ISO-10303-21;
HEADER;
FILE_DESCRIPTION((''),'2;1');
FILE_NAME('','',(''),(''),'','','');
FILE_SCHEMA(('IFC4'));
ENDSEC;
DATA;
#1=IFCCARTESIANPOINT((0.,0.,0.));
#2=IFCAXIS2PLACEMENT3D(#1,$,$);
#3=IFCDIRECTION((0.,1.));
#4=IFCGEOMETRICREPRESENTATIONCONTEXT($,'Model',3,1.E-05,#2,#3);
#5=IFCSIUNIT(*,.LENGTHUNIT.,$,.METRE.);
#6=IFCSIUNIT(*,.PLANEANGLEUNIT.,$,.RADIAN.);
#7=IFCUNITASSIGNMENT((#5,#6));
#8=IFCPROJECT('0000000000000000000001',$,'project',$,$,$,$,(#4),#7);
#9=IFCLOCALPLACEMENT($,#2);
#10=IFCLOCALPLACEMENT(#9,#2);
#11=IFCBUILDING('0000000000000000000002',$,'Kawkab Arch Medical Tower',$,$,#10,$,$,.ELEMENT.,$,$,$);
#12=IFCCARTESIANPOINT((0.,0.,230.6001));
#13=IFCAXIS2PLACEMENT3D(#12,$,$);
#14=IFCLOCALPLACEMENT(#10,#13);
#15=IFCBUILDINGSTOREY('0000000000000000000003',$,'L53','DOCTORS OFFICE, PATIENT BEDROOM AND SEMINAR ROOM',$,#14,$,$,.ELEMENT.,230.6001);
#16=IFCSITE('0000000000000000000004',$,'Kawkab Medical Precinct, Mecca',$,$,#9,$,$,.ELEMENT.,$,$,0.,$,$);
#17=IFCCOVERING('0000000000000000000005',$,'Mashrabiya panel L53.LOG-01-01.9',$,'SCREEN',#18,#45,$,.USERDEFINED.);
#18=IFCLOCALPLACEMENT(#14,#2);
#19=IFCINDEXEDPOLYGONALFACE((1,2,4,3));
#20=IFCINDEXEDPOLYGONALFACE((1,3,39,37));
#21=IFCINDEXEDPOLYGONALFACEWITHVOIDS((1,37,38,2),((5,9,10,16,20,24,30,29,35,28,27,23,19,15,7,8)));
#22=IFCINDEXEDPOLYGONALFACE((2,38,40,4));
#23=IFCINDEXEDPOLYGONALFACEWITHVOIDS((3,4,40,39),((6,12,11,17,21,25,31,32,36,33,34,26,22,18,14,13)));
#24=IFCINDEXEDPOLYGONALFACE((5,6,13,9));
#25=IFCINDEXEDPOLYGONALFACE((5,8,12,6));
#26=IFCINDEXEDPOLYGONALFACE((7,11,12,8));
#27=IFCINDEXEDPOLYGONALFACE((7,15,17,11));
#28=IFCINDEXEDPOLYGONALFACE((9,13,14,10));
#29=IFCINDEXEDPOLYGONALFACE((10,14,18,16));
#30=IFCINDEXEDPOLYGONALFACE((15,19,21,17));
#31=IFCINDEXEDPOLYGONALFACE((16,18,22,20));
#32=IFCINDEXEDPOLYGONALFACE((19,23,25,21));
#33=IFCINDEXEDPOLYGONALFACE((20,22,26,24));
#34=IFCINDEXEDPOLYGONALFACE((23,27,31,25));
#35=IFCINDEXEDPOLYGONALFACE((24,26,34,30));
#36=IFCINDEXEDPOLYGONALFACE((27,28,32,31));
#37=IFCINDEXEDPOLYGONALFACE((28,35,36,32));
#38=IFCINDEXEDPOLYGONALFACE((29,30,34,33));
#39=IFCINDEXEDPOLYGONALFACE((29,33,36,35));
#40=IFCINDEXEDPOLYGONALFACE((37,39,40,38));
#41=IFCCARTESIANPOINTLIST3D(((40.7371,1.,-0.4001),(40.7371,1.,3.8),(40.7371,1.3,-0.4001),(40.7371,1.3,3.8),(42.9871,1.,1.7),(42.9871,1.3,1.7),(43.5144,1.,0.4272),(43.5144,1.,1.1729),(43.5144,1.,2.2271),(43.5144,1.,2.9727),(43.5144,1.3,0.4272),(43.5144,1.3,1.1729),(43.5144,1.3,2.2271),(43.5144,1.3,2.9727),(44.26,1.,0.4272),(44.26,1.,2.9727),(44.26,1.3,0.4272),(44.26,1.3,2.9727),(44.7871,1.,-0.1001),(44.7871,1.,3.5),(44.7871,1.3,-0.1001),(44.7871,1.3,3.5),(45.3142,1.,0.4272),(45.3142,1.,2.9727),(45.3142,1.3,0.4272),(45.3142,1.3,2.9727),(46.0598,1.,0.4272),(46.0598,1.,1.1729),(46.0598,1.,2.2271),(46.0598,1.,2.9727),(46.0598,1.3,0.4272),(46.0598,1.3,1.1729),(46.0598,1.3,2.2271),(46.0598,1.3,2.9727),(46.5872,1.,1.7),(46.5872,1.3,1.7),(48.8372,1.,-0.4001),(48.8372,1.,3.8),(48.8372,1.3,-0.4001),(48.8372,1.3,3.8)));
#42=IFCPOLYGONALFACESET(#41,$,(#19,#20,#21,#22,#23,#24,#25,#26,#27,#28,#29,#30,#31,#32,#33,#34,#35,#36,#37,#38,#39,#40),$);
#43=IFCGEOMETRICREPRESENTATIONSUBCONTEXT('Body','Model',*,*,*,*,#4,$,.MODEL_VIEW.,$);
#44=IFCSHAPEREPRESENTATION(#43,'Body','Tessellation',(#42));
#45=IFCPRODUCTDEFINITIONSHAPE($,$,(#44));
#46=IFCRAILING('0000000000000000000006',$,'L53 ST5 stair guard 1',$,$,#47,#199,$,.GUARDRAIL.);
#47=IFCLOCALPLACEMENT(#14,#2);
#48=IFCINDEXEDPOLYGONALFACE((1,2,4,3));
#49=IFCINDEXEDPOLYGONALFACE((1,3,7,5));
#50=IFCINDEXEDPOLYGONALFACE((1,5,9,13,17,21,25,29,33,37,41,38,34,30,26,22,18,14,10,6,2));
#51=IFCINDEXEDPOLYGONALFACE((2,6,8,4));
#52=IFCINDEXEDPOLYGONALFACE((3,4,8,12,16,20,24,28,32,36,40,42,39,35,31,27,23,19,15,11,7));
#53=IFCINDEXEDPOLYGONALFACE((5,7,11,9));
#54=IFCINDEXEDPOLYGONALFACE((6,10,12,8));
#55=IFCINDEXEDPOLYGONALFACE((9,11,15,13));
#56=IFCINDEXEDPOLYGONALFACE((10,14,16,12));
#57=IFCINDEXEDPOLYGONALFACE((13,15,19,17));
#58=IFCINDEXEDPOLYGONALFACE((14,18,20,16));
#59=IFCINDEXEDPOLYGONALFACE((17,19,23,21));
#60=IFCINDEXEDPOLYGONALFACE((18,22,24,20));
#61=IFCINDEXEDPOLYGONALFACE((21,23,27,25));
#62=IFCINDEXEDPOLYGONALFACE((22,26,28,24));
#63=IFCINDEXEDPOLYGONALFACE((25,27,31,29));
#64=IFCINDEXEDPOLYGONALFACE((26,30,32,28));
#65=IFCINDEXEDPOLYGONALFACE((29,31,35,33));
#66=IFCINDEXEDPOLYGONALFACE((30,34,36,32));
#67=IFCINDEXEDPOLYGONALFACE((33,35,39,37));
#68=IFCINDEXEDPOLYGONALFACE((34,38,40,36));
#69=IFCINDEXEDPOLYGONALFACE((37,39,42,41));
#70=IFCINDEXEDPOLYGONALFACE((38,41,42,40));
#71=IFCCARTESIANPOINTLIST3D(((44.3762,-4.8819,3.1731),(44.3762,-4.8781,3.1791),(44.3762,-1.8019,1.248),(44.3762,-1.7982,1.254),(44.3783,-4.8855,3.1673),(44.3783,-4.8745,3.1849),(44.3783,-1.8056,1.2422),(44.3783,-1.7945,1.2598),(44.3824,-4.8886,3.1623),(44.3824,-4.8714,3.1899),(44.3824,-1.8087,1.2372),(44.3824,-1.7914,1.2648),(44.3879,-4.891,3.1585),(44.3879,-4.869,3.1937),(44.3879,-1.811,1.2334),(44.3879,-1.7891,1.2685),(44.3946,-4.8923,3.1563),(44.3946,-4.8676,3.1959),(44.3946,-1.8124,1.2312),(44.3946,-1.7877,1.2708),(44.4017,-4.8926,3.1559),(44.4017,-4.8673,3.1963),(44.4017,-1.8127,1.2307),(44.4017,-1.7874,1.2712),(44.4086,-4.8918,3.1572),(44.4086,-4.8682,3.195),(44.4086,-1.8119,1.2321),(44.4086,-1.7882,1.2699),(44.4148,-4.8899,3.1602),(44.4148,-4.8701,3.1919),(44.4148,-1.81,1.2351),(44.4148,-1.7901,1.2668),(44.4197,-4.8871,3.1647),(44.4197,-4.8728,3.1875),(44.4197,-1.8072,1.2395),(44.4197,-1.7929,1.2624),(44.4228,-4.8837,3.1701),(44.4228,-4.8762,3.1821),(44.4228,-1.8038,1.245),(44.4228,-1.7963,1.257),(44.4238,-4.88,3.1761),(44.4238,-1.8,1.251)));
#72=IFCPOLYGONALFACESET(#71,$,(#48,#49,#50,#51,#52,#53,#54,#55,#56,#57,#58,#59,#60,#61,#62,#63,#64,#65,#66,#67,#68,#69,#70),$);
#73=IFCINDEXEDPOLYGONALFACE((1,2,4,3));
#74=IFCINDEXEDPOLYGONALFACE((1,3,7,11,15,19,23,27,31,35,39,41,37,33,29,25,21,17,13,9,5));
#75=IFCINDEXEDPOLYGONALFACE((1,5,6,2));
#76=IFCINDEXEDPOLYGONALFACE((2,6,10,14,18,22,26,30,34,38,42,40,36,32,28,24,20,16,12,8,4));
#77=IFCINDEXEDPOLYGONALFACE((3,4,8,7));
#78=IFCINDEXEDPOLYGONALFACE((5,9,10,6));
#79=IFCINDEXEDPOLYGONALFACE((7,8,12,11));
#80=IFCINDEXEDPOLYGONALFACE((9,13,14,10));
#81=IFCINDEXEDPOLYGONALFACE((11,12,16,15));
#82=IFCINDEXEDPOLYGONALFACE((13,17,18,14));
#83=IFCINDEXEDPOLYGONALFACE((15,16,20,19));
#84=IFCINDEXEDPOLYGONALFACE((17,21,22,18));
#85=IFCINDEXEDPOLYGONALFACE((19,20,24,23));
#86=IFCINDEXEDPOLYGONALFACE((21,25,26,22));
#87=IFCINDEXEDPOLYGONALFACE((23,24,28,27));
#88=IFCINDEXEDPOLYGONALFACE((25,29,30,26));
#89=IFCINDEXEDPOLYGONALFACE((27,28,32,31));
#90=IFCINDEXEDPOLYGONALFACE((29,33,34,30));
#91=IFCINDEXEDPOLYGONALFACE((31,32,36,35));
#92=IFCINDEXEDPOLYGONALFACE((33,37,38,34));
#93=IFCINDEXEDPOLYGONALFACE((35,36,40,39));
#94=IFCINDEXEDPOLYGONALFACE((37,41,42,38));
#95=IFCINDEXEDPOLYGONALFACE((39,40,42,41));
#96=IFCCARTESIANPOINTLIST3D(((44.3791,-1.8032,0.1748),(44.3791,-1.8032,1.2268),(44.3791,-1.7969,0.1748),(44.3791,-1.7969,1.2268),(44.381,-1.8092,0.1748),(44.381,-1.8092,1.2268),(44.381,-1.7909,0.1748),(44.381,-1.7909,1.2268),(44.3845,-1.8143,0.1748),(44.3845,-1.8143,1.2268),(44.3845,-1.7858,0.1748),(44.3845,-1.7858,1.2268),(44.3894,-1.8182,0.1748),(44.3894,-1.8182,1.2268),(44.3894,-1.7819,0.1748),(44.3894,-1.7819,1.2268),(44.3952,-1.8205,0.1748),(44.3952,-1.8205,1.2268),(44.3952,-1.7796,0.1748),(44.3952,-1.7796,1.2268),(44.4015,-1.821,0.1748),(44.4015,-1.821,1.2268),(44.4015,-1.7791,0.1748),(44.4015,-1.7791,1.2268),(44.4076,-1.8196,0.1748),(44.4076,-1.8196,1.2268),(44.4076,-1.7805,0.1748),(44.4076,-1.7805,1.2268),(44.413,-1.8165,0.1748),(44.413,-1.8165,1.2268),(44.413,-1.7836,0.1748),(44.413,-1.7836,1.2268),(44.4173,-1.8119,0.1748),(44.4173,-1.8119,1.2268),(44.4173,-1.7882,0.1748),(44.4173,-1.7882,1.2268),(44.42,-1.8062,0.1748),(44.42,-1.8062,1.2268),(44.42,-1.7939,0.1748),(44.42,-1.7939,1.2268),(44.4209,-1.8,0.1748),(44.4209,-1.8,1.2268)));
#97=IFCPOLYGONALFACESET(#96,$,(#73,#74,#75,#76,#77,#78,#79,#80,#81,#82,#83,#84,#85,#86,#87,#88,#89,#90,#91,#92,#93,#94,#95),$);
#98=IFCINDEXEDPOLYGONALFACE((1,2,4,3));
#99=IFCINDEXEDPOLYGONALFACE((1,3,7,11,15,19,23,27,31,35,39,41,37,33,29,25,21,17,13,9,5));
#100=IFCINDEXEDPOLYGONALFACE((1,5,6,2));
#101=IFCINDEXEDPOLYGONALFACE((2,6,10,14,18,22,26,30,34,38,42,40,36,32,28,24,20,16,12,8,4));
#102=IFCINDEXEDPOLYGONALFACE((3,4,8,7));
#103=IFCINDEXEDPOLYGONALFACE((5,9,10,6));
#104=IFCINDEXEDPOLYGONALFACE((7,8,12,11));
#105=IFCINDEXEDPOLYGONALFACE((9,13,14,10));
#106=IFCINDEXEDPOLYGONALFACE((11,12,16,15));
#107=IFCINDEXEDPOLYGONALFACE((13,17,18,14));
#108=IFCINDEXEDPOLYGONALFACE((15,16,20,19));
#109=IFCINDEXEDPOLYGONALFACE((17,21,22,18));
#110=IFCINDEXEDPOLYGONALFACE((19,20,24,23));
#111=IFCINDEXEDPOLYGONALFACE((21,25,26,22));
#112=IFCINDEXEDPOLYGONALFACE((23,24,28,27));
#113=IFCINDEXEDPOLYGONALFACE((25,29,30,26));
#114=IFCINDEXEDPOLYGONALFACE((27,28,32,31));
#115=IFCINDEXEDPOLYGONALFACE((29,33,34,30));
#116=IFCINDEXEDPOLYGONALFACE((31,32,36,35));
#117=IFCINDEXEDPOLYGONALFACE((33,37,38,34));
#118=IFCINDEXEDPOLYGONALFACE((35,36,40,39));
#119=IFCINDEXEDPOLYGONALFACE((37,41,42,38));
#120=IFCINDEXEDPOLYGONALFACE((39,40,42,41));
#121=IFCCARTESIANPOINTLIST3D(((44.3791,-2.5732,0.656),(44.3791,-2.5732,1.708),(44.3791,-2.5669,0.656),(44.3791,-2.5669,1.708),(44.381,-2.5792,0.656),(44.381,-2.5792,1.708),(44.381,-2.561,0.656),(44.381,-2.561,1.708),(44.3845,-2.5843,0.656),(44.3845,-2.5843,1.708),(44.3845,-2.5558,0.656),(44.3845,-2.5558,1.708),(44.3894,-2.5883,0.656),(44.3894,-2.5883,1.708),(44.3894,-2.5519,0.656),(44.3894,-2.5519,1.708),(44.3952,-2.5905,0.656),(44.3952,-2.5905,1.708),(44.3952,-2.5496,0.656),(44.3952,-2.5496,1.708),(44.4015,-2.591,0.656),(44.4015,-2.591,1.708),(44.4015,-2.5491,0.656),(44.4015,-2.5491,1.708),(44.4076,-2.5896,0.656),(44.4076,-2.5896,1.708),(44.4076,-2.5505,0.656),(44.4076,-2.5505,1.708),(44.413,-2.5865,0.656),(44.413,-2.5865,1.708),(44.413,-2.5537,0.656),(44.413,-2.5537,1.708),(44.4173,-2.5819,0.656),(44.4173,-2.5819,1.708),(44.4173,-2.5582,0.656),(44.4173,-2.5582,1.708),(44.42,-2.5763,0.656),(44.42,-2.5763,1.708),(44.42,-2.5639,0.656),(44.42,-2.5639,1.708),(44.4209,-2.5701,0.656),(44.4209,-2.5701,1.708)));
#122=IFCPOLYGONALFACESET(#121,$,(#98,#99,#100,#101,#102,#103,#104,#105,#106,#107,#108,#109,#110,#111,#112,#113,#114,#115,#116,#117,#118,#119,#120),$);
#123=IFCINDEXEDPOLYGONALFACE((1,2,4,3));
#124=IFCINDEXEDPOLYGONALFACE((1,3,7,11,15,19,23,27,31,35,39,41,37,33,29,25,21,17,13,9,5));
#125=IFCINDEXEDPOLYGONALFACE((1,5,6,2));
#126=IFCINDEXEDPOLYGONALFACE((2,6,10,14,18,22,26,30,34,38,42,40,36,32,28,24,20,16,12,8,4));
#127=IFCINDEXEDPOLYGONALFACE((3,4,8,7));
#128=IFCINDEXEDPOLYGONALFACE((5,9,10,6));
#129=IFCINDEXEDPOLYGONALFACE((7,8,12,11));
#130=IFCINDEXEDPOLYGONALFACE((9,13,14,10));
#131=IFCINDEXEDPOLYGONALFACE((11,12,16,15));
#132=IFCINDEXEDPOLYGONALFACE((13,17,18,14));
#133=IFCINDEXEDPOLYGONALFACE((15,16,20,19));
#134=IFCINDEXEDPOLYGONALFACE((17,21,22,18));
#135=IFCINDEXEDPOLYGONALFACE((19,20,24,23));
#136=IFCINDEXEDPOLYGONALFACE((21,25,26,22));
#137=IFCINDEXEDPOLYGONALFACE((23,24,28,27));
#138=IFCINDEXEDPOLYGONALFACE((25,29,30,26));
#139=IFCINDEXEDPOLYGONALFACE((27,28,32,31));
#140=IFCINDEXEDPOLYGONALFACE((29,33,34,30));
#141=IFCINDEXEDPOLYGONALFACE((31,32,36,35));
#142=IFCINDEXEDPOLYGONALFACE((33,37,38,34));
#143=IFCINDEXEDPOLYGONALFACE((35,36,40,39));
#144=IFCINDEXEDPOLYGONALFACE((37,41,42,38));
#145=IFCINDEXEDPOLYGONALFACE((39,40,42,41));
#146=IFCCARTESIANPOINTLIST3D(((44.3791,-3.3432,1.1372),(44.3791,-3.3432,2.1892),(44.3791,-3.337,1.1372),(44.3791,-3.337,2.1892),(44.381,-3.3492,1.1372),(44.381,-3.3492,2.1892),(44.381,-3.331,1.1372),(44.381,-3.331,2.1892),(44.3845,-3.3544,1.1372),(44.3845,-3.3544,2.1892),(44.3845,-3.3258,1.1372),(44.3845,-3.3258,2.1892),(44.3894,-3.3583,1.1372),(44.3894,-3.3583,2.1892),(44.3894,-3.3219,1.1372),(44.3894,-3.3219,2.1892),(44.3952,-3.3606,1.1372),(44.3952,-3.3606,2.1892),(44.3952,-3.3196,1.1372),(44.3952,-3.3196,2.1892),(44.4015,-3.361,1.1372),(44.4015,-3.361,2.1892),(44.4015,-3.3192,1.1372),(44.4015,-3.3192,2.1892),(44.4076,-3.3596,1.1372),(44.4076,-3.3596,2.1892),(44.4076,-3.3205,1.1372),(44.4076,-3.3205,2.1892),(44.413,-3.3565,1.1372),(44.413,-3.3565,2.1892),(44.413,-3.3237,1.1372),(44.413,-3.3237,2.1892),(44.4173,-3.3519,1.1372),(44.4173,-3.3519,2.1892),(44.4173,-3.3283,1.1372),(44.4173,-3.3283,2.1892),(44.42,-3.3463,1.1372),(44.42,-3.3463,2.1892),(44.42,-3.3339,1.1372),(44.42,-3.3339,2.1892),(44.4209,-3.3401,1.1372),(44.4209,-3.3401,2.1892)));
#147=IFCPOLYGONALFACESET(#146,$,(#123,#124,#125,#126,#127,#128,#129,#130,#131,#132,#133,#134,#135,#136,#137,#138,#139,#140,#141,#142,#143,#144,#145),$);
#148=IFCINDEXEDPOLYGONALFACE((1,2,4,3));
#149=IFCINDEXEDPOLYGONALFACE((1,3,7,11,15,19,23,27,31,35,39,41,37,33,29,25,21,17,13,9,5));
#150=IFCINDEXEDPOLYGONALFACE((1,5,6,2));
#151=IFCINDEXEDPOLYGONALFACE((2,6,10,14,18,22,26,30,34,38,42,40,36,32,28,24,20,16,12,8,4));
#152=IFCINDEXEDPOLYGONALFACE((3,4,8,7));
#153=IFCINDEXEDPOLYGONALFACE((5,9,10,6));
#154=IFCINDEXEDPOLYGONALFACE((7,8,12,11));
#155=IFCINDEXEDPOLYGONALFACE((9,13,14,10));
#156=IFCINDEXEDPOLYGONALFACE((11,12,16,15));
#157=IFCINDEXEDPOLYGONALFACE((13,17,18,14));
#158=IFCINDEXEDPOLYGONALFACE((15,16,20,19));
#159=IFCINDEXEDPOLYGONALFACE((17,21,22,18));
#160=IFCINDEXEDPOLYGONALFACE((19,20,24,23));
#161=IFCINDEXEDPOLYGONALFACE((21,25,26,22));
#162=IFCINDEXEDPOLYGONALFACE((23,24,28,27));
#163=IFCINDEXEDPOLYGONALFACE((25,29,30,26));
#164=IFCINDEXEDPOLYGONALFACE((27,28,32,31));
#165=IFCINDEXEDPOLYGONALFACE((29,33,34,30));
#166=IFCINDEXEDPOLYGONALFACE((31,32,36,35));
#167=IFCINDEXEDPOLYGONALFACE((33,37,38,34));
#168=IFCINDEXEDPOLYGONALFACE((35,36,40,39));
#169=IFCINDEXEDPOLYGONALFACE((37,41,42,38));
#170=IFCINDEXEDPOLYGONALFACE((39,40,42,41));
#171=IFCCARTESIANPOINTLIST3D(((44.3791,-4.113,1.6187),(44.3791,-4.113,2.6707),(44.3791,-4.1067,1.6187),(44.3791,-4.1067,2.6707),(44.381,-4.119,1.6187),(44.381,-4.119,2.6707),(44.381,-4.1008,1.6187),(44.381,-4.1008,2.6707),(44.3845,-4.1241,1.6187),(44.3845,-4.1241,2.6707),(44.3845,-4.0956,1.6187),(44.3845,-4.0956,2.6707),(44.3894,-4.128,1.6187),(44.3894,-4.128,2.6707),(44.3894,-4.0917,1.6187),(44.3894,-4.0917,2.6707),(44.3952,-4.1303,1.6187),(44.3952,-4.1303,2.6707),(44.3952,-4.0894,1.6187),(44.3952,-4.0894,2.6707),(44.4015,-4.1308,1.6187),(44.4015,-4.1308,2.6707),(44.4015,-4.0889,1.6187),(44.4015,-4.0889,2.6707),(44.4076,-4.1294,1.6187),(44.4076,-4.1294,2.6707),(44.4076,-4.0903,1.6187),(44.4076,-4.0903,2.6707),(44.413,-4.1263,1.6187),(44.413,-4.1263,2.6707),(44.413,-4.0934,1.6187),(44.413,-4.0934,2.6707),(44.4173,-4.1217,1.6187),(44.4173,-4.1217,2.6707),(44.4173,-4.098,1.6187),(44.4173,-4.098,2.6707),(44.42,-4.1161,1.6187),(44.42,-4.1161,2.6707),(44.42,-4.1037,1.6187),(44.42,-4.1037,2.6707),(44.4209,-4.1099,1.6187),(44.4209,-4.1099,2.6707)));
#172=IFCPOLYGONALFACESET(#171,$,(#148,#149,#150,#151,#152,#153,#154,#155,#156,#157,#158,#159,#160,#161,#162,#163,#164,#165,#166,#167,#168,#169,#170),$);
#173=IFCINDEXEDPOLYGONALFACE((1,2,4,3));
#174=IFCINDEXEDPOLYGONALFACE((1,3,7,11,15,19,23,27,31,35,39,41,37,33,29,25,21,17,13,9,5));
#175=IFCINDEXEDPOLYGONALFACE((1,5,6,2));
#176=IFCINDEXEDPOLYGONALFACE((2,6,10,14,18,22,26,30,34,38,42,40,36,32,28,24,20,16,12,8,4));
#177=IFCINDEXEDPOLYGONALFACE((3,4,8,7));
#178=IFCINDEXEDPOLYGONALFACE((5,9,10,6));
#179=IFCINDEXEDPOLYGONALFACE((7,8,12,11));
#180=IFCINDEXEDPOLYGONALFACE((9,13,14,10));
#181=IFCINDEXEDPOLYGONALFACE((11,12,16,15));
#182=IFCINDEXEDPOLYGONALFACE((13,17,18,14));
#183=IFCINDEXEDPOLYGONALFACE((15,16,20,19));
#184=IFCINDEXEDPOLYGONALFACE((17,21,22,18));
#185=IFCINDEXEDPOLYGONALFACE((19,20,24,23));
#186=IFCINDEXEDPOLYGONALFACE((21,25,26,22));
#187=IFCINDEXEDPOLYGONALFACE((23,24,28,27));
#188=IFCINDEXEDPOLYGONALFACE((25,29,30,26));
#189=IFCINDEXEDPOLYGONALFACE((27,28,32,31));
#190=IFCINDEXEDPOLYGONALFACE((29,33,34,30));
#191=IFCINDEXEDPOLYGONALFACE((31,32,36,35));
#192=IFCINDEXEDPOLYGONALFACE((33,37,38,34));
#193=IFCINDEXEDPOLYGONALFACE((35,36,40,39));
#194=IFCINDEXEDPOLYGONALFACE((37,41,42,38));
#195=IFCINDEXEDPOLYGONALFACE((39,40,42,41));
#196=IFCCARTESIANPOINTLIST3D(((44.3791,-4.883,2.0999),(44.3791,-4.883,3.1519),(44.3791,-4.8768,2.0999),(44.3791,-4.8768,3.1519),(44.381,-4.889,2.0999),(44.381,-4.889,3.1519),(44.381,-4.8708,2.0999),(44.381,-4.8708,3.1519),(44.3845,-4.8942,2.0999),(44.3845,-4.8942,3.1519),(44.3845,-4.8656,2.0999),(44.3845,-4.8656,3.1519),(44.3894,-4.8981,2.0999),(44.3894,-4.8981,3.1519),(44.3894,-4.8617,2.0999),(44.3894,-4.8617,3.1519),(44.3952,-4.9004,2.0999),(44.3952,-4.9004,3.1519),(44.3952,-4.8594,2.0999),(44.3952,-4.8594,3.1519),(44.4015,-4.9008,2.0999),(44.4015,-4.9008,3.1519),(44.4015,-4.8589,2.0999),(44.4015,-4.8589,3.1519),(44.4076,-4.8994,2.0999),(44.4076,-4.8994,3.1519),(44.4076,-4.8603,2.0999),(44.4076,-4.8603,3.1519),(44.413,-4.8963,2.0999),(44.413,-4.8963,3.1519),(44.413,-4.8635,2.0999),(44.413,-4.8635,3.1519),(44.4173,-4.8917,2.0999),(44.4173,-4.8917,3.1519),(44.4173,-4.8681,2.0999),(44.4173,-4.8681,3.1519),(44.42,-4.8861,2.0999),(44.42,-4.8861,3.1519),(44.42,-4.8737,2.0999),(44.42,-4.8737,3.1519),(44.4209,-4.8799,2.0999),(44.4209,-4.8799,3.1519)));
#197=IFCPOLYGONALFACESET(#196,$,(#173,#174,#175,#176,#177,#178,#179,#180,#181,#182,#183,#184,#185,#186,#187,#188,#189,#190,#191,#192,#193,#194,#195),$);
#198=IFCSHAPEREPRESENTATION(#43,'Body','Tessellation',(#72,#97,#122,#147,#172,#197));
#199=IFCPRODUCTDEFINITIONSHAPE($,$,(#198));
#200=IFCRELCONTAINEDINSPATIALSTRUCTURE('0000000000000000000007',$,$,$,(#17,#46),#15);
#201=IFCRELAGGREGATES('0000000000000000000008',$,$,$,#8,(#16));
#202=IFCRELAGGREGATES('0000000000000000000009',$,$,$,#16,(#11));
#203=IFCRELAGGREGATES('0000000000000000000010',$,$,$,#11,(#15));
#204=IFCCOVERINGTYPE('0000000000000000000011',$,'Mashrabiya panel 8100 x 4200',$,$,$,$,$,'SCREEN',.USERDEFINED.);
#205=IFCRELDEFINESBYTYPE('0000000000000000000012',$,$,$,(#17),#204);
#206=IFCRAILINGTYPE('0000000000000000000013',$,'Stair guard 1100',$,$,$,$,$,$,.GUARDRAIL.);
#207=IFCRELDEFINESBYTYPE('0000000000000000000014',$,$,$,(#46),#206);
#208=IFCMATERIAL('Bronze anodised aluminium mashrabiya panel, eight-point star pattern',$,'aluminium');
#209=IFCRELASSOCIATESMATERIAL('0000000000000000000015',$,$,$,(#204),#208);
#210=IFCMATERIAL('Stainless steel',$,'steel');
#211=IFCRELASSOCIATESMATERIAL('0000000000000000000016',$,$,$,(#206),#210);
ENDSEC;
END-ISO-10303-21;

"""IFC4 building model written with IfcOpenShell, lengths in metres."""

from ifc_helpers import new_model, si_unit, direction, frame, origin, origin_2d, place, context, subcontext, project, spatial, polyline, circle, outline, extrude, material, material_profile, profile_set, type_object, element, save


model = new_model("IFC4")

# Units and contexts
model_context = context("Model", 3, precision=1e-05, world=origin(), true_north=direction((0.0, 1.0)))
body_context = subcontext(model_context, "Body", "Model", "MODEL_VIEW")
ifc_project = project(units=[si_unit("LENGTHUNIT", "METRE"), si_unit("PLANEANGLEUNIT", "RADIAN")], contexts=[model_context])

# Site, building, storey
site_placement = place(None, origin())
site = spatial("IfcSite", under=ifc_project, at=site_placement, Name="Kawkab Medical Precinct, Mecca", CompositionType="ELEMENT", RefElevation=0.0)
building_placement = place(site_placement, origin())
building = spatial("IfcBuilding", under=site, at=building_placement, Name="Kawkab Arch Medical Tower", CompositionType="ELEMENT")
storey_placement = place(building_placement, frame((0.0, 0.0, 230.6001)))
storey = spatial("IfcBuildingStorey", under=building, at=storey_placement, Name="L53", Description="DOCTORS OFFICE, PATIENT BEDROOM AND SEMINAR ROOM", CompositionType="ELEMENT", Elevation=230.6001)

# Covering
ifc_material_1 = material(Name="Bronze anodised aluminium mashrabiya panel, eight-point star pattern", Category="aluminium")
ifc_material_profile_1 = material_profile(ifc_material_1, outline(polyline([(-4.05, -2.1001), (4.05, -2.1001), (4.05, 2.1001), (-4.05, 2.1001), (-4.05, -2.1001)]), holes=[polyline([(1.8, 0.0), (1.2727, 0.5271), (1.2727, 1.2727), (0.5271, 1.2727), (0.0, 1.8), (-0.5271, 1.2727), (-1.2727, 1.2727), (-1.2727, 0.5271), (-1.8, 0.0), (-1.2727, -0.5271), (-1.2727, -1.2727), (-0.5271, -1.2727), (0.0, -1.8), (0.5271, -1.2727), (1.2727, -1.2727), (1.2727, -0.5271), (1.8, 0.0)])]), Name="Mashrabiya panel 8100x4200")
ifc_profile_set_1 = profile_set([ifc_material_profile_1], Name="Bronze anodised aluminium mashrabiya panel, eight-point star pattern")
covering_type = type_object("IfcCoveringType", Name="Mashrabiya panel 8100 x 4200", ElementType="SCREEN", PredefinedType="USERDEFINED", material=ifc_profile_set_1)
covering_placement = place(storey_placement, frame((44.7871, 1.0, 1.7), z_axis=(0.0, 1.0, 0.0), x_axis=(-1.0, 0.0, 0.0)))
element("IfcCovering", 1, at=covering_placement, inside=storey, type_object=covering_type, Name="Mashrabiya panel L53.LOG-01-01.9", ObjectType="SCREEN", PredefinedType="USERDEFINED", context=body_context, shape_type="SweptSolid", body=[
    extrude(outline(polyline([(-4.05, -2.1001), (4.05, -2.1001), (4.05, 2.1001), (-4.05, 2.1001), (-4.05, -2.1001)]), holes=[polyline([(1.8, 0.0), (1.2727, 0.5271), (1.2727, 1.2727), (0.5271, 1.2727), (0.0, 1.8), (-0.5271, 1.2727), (-1.2727, 1.2727), (-1.2727, 0.5271), (-1.8, 0.0), (-1.2727, -0.5271), (-1.2727, -1.2727), (-0.5271, -1.2727), (0.0, -1.8), (0.5271, -1.2727), (1.2727, -1.2727), (1.2727, -0.5271), (1.8, 0.0)])]), origin(), (0.0, 0.0, 1.0), 0.3),
])

# Railing
ifc_material_2 = material(Name="Stainless steel", Category="steel")
railing_type = type_object("IfcRailingType", Name="Stair guard 1100", PredefinedType="GUARDRAIL", material=ifc_material_2)
railing_1_placement = place(storey_placement, frame((44.3999, -1.8, 0.1748)))
element("IfcRailing", 2, at=railing_1_placement, inside=storey, type_object=railing_type, Name="L53 ST5 stair guard 1", PredefinedType="GUARDRAIL", context=body_context, shape_type="SweptSolid", body=[
    extrude(circle(Radius=0.0239, at=origin_2d()), frame((0.0, 0.0, 1.0762), z_axis=(0.0, -0.847979, 0.530029), x_axis=(1.0, 0.0, 0.0)), (0.0, 0.0, 1.0), 3.6321),
    extrude(circle(Radius=0.021, at=origin_2d()), origin(), (0.0, 0.0, 1.0), 1.052),
    extrude(circle(Radius=0.021, at=origin_2d()), frame((0.0, -0.77, 0.4812)), (0.0, 0.0, 1.0), 1.052),
    extrude(circle(Radius=0.021, at=origin_2d()), frame((0.0, -1.54, 0.9624)), (0.0, 0.0, 1.0), 1.052),
    extrude(circle(Radius=0.021, at=origin_2d()), frame((0.0, -2.3098, 1.4438)), (0.0, 0.0, 1.0), 1.052),
    extrude(circle(Radius=0.021, at=origin_2d()), frame((0.0, -3.0798, 1.925)), (0.0, 0.0, 1.0), 1.052),
])

save(model, "model.ifc")
